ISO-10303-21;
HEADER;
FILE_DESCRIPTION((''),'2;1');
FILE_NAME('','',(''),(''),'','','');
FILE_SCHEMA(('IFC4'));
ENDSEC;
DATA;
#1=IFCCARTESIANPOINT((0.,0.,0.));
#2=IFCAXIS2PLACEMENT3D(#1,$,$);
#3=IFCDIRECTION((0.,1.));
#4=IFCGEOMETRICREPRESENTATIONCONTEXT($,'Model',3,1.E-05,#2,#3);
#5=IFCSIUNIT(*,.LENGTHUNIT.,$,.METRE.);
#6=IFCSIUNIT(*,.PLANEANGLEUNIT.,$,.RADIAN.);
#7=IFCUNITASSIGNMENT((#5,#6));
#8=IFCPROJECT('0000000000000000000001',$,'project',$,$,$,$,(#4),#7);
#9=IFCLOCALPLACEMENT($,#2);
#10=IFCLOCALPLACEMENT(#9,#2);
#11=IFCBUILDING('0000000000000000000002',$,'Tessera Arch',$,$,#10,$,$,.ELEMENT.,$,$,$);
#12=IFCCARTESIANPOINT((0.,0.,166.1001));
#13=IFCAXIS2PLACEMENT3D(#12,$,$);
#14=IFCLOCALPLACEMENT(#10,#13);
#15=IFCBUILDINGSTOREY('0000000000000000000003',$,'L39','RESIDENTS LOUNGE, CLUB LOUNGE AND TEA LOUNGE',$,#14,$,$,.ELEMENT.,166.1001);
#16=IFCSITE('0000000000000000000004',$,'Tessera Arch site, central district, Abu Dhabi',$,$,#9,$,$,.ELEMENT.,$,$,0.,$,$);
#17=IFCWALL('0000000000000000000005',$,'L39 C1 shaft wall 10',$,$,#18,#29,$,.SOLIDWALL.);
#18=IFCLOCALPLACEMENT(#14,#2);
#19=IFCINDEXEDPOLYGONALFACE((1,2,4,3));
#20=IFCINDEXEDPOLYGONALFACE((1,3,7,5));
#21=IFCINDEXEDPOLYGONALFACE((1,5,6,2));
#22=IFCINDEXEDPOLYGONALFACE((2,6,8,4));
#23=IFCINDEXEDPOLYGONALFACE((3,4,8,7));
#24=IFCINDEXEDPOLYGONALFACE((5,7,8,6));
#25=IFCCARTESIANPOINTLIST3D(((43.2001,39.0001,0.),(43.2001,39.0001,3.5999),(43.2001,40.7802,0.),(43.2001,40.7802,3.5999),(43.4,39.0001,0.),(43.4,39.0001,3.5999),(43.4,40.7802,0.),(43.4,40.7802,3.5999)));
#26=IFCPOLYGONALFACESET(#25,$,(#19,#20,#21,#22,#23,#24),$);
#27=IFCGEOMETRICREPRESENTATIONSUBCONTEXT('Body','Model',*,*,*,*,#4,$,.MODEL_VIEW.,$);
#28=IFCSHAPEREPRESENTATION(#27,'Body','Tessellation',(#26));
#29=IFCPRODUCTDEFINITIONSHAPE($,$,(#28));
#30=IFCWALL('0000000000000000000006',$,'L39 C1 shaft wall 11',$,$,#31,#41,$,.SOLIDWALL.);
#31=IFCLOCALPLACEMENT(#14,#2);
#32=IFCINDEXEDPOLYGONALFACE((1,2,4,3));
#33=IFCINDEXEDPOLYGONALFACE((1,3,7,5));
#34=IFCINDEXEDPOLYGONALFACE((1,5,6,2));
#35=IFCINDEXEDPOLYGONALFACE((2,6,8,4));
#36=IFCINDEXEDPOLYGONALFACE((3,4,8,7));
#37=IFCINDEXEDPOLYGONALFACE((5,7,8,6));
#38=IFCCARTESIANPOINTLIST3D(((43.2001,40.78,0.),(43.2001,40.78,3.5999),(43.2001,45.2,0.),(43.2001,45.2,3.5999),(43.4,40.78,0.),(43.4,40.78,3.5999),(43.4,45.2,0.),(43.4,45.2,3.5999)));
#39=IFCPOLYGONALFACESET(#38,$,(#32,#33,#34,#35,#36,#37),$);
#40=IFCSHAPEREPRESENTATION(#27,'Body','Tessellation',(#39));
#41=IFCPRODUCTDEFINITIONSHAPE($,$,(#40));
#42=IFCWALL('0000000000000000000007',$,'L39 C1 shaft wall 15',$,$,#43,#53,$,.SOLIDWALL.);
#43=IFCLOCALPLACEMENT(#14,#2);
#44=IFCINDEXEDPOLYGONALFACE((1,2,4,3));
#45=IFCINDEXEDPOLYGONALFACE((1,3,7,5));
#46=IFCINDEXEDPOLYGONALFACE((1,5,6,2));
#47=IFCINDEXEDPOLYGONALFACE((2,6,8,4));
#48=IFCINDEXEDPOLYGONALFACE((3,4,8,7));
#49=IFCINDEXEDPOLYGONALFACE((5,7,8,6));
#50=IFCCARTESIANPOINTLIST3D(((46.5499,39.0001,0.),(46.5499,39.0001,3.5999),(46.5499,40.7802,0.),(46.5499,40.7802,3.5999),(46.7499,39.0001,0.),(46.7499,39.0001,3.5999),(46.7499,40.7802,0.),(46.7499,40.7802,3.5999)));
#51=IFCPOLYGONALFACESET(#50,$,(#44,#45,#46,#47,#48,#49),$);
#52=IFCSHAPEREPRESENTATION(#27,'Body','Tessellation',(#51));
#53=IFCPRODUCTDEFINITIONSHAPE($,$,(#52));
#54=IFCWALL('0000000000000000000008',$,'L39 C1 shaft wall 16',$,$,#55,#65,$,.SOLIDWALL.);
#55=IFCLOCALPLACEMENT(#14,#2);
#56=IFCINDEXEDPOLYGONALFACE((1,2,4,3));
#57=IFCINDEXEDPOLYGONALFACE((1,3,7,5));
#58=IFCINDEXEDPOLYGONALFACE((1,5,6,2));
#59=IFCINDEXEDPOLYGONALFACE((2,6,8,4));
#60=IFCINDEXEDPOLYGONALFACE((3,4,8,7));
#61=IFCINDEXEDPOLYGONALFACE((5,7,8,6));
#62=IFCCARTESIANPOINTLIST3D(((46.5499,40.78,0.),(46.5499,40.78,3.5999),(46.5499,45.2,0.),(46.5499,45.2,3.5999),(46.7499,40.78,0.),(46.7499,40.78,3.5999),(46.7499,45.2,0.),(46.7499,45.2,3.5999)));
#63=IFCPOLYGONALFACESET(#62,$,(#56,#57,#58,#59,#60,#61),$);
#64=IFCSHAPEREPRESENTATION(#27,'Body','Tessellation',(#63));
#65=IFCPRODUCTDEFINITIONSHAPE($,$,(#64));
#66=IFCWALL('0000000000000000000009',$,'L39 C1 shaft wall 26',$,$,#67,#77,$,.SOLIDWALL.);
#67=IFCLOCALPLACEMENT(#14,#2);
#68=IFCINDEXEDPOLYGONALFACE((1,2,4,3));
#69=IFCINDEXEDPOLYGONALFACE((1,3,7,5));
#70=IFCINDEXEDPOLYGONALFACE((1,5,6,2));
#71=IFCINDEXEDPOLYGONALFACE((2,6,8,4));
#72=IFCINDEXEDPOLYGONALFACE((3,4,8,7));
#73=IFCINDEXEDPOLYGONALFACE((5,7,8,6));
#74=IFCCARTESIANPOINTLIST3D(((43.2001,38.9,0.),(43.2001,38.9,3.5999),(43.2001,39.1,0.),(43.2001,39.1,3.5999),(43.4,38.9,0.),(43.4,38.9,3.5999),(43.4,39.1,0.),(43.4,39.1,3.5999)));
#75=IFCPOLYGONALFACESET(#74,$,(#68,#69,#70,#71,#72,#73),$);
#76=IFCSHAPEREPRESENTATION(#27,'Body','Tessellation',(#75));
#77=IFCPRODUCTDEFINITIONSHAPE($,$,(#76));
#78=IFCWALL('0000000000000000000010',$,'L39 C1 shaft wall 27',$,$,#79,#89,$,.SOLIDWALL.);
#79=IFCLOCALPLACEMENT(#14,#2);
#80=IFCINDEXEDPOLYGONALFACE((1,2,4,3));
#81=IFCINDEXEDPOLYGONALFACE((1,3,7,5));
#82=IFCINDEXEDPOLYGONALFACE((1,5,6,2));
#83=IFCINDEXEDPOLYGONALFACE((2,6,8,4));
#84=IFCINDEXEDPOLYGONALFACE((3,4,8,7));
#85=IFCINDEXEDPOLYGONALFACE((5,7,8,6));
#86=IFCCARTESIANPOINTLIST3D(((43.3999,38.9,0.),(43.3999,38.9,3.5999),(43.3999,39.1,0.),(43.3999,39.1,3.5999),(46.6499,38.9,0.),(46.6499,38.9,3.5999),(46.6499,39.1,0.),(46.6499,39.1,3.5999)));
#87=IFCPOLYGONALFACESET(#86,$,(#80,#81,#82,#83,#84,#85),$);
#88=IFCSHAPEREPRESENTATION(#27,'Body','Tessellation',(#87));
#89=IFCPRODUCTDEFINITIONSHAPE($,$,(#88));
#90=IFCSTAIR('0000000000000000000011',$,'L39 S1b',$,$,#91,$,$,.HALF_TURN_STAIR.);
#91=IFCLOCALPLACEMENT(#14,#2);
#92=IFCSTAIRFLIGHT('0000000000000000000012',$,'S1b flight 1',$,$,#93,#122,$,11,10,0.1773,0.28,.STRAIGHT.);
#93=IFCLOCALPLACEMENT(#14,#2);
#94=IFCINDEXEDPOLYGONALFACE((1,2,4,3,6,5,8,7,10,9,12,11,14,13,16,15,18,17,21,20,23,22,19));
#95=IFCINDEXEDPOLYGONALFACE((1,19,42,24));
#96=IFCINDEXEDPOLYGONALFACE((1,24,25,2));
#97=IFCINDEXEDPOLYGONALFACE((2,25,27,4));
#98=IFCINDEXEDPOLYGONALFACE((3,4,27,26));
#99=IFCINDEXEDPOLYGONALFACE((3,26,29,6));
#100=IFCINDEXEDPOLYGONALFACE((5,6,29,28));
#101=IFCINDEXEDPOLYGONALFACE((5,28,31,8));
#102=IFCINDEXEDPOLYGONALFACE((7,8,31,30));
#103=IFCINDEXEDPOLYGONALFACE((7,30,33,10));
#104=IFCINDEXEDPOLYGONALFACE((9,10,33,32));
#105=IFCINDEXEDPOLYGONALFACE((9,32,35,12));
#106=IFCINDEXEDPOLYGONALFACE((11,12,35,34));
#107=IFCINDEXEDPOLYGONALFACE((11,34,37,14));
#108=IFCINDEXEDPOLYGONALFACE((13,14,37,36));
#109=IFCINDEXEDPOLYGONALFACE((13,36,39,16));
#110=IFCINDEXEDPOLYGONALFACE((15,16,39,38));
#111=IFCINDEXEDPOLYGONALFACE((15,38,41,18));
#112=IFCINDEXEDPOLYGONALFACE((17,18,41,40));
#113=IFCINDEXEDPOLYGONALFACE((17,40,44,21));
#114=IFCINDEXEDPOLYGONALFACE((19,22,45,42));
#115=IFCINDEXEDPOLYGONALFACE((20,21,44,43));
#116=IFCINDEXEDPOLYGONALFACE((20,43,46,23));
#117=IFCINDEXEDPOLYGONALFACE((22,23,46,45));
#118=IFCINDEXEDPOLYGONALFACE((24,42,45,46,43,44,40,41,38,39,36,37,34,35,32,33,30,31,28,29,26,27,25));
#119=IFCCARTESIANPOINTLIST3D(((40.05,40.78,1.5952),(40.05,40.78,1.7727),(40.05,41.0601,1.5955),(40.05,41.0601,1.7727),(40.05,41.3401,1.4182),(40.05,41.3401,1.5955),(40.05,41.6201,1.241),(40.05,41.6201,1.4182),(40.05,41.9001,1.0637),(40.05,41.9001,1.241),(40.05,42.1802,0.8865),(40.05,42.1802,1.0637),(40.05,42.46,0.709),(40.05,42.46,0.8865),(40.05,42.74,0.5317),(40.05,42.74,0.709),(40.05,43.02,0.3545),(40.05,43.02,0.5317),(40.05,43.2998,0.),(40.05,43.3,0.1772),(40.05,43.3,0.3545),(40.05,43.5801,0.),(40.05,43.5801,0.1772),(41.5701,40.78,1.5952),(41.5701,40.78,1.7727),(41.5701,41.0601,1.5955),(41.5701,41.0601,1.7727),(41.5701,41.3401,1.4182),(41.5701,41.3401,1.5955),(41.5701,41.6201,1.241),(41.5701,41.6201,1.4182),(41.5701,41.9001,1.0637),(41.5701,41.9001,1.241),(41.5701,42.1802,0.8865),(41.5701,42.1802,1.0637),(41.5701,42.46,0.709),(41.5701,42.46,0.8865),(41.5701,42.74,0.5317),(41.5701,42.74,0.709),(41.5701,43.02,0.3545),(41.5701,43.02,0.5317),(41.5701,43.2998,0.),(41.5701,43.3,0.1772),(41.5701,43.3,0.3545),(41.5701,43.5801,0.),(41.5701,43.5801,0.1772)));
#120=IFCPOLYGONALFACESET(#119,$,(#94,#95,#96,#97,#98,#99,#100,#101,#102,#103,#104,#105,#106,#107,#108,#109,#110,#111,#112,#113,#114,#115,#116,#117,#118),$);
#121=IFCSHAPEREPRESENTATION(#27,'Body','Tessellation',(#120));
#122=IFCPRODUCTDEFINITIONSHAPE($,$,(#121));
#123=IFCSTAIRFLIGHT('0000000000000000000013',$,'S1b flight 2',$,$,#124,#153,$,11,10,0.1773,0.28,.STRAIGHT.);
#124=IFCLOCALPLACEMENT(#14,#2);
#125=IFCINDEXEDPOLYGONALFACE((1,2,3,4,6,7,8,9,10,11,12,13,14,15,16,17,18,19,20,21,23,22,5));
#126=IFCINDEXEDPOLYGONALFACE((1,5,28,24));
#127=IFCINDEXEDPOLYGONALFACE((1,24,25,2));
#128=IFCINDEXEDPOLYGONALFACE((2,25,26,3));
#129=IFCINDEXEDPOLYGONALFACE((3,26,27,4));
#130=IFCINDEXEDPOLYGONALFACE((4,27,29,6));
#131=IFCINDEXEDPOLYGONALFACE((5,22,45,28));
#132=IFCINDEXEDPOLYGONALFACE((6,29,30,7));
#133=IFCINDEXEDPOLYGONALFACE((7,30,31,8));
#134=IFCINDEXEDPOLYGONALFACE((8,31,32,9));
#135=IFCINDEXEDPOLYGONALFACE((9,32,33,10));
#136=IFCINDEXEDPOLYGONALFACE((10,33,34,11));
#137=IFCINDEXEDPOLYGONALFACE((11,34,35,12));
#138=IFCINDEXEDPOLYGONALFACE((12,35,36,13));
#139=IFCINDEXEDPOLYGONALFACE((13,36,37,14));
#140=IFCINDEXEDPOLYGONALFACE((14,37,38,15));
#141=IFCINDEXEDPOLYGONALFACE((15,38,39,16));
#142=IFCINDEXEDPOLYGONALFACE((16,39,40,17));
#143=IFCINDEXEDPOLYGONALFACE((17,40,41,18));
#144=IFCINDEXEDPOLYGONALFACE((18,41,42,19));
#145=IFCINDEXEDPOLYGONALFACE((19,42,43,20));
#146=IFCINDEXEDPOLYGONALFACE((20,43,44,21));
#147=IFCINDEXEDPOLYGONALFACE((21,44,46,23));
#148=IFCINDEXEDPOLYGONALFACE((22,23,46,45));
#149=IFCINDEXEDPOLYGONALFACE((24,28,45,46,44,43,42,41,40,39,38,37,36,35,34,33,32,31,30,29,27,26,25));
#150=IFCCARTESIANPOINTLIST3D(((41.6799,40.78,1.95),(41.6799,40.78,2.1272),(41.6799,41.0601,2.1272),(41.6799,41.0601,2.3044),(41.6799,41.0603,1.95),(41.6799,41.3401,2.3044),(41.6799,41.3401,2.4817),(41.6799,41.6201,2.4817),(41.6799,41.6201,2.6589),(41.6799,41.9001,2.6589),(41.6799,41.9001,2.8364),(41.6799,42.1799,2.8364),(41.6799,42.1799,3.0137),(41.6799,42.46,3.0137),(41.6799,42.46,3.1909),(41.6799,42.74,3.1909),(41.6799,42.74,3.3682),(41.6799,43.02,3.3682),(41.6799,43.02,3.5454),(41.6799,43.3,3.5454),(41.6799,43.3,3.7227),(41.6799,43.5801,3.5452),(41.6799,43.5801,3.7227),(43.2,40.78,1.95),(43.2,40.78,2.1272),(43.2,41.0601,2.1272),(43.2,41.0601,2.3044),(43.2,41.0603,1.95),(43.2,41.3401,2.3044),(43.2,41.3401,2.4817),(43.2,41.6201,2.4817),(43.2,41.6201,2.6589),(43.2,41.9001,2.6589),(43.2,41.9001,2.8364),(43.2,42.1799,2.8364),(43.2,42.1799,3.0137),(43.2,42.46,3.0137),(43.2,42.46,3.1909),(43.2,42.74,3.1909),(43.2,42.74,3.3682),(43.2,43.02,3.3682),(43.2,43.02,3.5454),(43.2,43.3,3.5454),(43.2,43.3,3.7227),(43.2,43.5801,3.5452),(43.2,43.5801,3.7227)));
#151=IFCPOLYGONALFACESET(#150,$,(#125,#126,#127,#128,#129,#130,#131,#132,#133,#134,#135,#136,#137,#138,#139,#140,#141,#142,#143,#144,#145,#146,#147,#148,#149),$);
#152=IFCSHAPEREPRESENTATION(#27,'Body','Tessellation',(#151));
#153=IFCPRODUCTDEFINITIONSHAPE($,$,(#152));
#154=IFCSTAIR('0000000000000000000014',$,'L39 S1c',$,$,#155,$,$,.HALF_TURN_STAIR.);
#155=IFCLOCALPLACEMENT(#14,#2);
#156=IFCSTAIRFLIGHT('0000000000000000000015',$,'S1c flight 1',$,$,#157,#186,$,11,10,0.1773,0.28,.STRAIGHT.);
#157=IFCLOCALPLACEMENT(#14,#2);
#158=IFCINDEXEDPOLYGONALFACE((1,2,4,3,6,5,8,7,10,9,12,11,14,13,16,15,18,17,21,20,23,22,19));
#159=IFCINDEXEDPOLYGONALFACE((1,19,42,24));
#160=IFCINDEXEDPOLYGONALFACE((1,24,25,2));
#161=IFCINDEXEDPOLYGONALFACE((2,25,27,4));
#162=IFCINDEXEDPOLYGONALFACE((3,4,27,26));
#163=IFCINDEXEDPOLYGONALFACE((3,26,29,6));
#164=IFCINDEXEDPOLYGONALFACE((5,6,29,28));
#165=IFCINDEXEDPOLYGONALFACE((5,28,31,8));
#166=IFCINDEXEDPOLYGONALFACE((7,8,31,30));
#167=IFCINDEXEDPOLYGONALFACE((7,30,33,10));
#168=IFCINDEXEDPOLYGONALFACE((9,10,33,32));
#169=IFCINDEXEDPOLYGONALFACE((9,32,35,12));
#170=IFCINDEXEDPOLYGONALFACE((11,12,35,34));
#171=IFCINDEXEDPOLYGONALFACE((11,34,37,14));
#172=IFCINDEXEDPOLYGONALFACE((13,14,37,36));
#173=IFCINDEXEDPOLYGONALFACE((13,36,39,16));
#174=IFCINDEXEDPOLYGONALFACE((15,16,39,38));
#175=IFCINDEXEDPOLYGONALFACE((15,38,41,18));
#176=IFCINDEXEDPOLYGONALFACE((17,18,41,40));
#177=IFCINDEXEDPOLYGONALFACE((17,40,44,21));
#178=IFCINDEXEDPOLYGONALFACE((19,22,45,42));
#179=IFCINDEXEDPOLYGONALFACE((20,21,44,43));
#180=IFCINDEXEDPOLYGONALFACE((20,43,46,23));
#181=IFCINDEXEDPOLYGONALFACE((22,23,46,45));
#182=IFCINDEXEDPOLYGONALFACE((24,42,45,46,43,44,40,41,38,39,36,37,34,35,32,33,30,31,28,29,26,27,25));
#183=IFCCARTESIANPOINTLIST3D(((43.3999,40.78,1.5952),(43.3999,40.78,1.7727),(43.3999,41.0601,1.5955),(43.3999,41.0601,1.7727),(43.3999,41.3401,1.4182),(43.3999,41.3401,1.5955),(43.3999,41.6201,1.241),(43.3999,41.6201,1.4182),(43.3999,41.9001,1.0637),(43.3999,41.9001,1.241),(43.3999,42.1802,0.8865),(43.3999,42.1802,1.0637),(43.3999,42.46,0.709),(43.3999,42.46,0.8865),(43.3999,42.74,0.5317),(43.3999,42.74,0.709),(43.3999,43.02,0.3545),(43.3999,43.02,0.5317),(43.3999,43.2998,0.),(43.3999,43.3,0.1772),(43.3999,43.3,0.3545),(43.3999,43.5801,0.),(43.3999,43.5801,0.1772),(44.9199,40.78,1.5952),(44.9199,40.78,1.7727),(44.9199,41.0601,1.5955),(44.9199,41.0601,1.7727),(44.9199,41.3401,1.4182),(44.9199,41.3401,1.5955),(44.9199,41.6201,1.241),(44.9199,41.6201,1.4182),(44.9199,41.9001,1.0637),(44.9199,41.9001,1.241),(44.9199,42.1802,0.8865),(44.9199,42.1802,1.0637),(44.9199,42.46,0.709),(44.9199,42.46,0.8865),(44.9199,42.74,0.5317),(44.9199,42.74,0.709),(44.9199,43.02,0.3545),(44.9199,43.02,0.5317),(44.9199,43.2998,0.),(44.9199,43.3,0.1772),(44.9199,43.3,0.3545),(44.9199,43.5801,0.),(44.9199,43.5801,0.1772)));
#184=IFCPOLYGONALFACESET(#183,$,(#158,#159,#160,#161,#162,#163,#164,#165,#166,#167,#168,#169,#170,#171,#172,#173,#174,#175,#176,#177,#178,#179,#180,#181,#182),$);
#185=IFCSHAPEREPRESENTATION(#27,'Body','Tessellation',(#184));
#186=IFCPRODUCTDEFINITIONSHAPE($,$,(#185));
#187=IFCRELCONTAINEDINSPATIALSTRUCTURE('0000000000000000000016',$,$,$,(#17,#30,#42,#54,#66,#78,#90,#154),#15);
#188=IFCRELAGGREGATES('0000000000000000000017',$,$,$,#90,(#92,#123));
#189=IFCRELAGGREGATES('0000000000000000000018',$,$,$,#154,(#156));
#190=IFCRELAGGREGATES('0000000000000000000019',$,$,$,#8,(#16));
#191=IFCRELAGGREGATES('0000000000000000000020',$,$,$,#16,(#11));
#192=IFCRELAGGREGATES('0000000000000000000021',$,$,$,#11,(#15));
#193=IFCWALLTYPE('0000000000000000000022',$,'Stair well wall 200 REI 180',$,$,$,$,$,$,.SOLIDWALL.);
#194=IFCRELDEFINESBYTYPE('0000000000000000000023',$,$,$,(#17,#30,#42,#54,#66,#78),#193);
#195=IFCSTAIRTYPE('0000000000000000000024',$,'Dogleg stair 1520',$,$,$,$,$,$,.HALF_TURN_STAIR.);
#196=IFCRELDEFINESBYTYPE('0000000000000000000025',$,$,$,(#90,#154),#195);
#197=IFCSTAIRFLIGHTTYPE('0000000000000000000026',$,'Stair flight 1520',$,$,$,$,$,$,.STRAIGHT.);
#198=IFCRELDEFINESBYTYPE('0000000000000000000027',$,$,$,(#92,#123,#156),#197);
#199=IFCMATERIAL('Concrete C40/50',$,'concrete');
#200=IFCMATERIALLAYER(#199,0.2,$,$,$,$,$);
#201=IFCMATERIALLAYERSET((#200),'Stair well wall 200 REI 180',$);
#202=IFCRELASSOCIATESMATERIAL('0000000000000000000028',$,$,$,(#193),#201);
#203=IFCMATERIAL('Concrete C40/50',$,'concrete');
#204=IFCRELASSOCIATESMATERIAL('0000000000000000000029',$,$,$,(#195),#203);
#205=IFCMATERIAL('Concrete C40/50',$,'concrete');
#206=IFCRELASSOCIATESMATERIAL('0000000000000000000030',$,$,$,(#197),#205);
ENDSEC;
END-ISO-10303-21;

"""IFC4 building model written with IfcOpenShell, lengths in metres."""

from ifc_helpers import new_model, si_unit, direction, frame, frame_2d, origin, place, context, subcontext, project, spatial, polyline, rectangle, outline, extrude, material, layer, layer_set, type_object, element, aggregate, save


model = new_model("IFC4")

# Units and contexts
model_context = context("Model", 3, precision=1e-05, world=origin(), true_north=direction((0.0, 1.0)))
body_context = subcontext(model_context, "Body", "Model", "MODEL_VIEW")
ifc_project = project(units=[si_unit("LENGTHUNIT", "METRE"), si_unit("PLANEANGLEUNIT", "RADIAN")], contexts=[model_context])

# Site, building, storey
site_placement = place(None, origin())
site = spatial("IfcSite", under=ifc_project, at=site_placement, Name="Tessera Arch site, central district, Abu Dhabi", CompositionType="ELEMENT", RefElevation=0.0)
building_placement = place(site_placement, origin())
building = spatial("IfcBuilding", under=site, at=building_placement, Name="Tessera Arch", CompositionType="ELEMENT")
storey_placement = place(building_placement, frame((0.0, 0.0, 166.1001)))
storey = spatial("IfcBuildingStorey", under=building, at=storey_placement, Name="L39", Description="RESIDENTS LOUNGE, CLUB LOUNGE AND TEA LOUNGE", CompositionType="ELEMENT", Elevation=166.1001)

# Walls
ifc_material_1 = material(Name="Concrete C40/50", Category="concrete")
ifc_layer_1 = layer(ifc_material_1, 0.2)
ifc_layer_set_1 = layer_set([ifc_layer_1], Name="Stair well wall 200 REI 180")
wall_type_1 = type_object("IfcWallType", Name="Stair well wall 200 REI 180", PredefinedType="SOLIDWALL", material=ifc_layer_set_1)
wall_1_placement = place(storey_placement, frame((43.3, 39.0, 0.0), z_axis=(0.0, 0.0, 1.0), x_axis=(0.0, 1.0, 0.0)))
element("IfcWall", 1, at=wall_1_placement, inside=storey, type_object=wall_type_1, Name="L39 C1 shaft wall 10", PredefinedType="SOLIDWALL", context=body_context, shape_type="SweptSolid", body=[
    extrude(rectangle(XDim=1.78, YDim=0.2, at=frame_2d((0.8901, 0.0))), origin(), (0.0, 0.0, 1.0), 3.5999),
])
wall_2_placement = place(storey_placement, frame((43.3, 40.78, 0.0), z_axis=(0.0, 0.0, 1.0), x_axis=(0.0, 1.0, 0.0)))
element("IfcWall", 2, at=wall_2_placement, inside=storey, type_object=wall_type_1, Name="L39 C1 shaft wall 11", PredefinedType="SOLIDWALL", context=body_context, shape_type="SweptSolid", body=[
    extrude(rectangle(XDim=4.4199, YDim=0.2, at=frame_2d((2.21, 0.0))), origin(), (0.0, 0.0, 1.0), 3.5999),
])
wall_3_placement = place(storey_placement, frame((46.6499, 39.0, 0.0), z_axis=(0.0, 0.0, 1.0), x_axis=(0.0, 1.0, 0.0)))
element("IfcWall", 3, at=wall_3_placement, inside=storey, type_object=wall_type_1, Name="L39 C1 shaft wall 15", PredefinedType="SOLIDWALL", context=body_context, shape_type="SweptSolid", body=[
    extrude(rectangle(XDim=1.78, YDim=0.2, at=frame_2d((0.8901, 0.0))), origin(), (0.0, 0.0, 1.0), 3.5999),
])
wall_4_placement = place(storey_placement, frame((46.6499, 40.78, 0.0), z_axis=(0.0, 0.0, 1.0), x_axis=(0.0, 1.0, 0.0)))
element("IfcWall", 4, at=wall_4_placement, inside=storey, type_object=wall_type_1, Name="L39 C1 shaft wall 16", PredefinedType="SOLIDWALL", context=body_context, shape_type="SweptSolid", body=[
    extrude(rectangle(XDim=4.4199, YDim=0.2, at=frame_2d((2.21, 0.0))), origin(), (0.0, 0.0, 1.0), 3.5999),
])
wall_5_placement = place(storey_placement, frame((43.2, 39.0, 0.0), z_axis=(0.0, 0.0, 1.0), x_axis=(1.0, 0.0, 0.0)))
element("IfcWall", 5, at=wall_5_placement, inside=storey, type_object=wall_type_1, Name="L39 C1 shaft wall 26", PredefinedType="SOLIDWALL", context=body_context, shape_type="SweptSolid", body=[
    extrude(rectangle(XDim=0.2, YDim=0.2, at=frame_2d((0.1001, 0.0))), origin(), (0.0, 0.0, 1.0), 3.5999),
])
wall_6_placement = place(storey_placement, frame((43.3999, 39.0, 0.0), z_axis=(0.0, 0.0, 1.0), x_axis=(1.0, 0.0, 0.0)))
element("IfcWall", 6, at=wall_6_placement, inside=storey, type_object=wall_type_1, Name="L39 C1 shaft wall 27", PredefinedType="SOLIDWALL", context=body_context, shape_type="SweptSolid", body=[
    extrude(rectangle(XDim=3.25, YDim=0.2, at=frame_2d((1.625, 0.0))), origin(), (0.0, 0.0, 1.0), 3.5999),
])

# Stairs, stair flights
ifc_material_2 = material(Name="Concrete C40/50", Category="concrete")
stair_type = type_object("IfcStairType", Name="Dogleg stair 1520", PredefinedType="HALF_TURN_STAIR", material=ifc_material_2)
stair_1_placement = place(storey_placement, origin())
stair_1 = element("IfcStair", 7, at=stair_1_placement, inside=storey, type_object=stair_type, Name="L39 S1b", PredefinedType="HALF_TURN_STAIR")
ifc_material_3 = material(Name="Concrete C40/50", Category="concrete")
stair_flight_type = type_object("IfcStairFlightType", Name="Stair flight 1520", PredefinedType="STRAIGHT", material=ifc_material_3)
stair_flight_1_placement = place(storey_placement, frame((40.8101, 43.5801, 0.0), z_axis=(0.0, 0.0, 1.0), x_axis=(0.0, -1.0, 0.0)))
stair_flight_1 = element("IfcStairFlight", 8, at=stair_flight_1_placement, type_object=stair_flight_type, Name="S1b flight 1", NumberOfRisers=11, NumberOfTreads=10, PredefinedType="STRAIGHT", RiserHeight=0.1773, TreadLength=0.28, context=body_context, shape_type="SweptSolid", body=[
    extrude(outline(polyline([(0.0, 0.0), (0.0, 0.1772), (0.28, 0.1772), (0.28, 0.3545), (0.5601, 0.3545), (0.5601, 0.5317), (0.8401, 0.5317), (0.8401, 0.709), (1.1201, 0.709), (1.1201, 0.8865), (1.3999, 0.8865), (1.3999, 1.0637), (1.6799, 1.0637), (1.6799, 1.241), (1.96, 1.241), (1.96, 1.4182), (2.24, 1.4182), (2.24, 1.5955), (2.52, 1.5955), (2.52, 1.7727), (2.8, 1.7727), (2.8, 1.95), (2.8, 1.5952), (0.2803, 0.0), (0.0, 0.0)])), frame((0.0, 0.76, 0.0), z_axis=(0.0, -1.0, 0.0), x_axis=(1.0, 0.0, 0.0)), (0.0, 0.0, 1.0), 1.52),
])
stair_flight_2_placement = place(storey_placement, frame((42.4399, 40.78, 1.95), z_axis=(0.0, 0.0, 1.0), x_axis=(0.0, 1.0, 0.0)))
stair_flight_2 = element("IfcStairFlight", 9, at=stair_flight_2_placement, type_object=stair_flight_type, Name="S1b flight 2", NumberOfRisers=11, NumberOfTreads=10, PredefinedType="STRAIGHT", RiserHeight=0.1773, TreadLength=0.28, context=body_context, shape_type="SweptSolid", body=[
    extrude(outline(polyline([(0.0, 0.0), (0.0, 0.1772), (0.28, 0.1772), (0.28, 0.3545), (0.5601, 0.3545), (0.5601, 0.5317), (0.8401, 0.5317), (0.8401, 0.709), (1.1201, 0.709), (1.1201, 0.8865), (1.3999, 0.8865), (1.3999, 1.0637), (1.6799, 1.0637), (1.6799, 1.241), (1.96, 1.241), (1.96, 1.4182), (2.24, 1.4182), (2.24, 1.5955), (2.52, 1.5955), (2.52, 1.7727), (2.8, 1.7727), (2.8, 1.95), (2.8, 1.5952), (0.2803, 0.0), (0.0, 0.0)])), frame((0.0, 0.76, 0.0), z_axis=(0.0, -1.0, 0.0), x_axis=(1.0, 0.0, 0.0)), (0.0, 0.0, 1.0), 1.52),
])
aggregate(stair_1, [stair_flight_1, stair_flight_2])
stair_2_placement = place(storey_placement, origin())
stair_2 = element("IfcStair", 10, at=stair_2_placement, inside=storey, type_object=stair_type, Name="L39 S1c", PredefinedType="HALF_TURN_STAIR")
stair_flight_3_placement = place(storey_placement, frame((44.1599, 43.5801, 0.0), z_axis=(0.0, 0.0, 1.0), x_axis=(0.0, -1.0, 0.0)))
stair_flight_3 = element("IfcStairFlight", 11, at=stair_flight_3_placement, type_object=stair_flight_type, Name="S1c flight 1", NumberOfRisers=11, NumberOfTreads=10, PredefinedType="STRAIGHT", RiserHeight=0.1773, TreadLength=0.28, context=body_context, shape_type="SweptSolid", body=[
    extrude(outline(polyline([(0.0, 0.0), (0.0, 0.1772), (0.28, 0.1772), (0.28, 0.3545), (0.5601, 0.3545), (0.5601, 0.5317), (0.8401, 0.5317), (0.8401, 0.709), (1.1201, 0.709), (1.1201, 0.8865), (1.3999, 0.8865), (1.3999, 1.0637), (1.6799, 1.0637), (1.6799, 1.241), (1.96, 1.241), (1.96, 1.4182), (2.24, 1.4182), (2.24, 1.5955), (2.52, 1.5955), (2.52, 1.7727), (2.8, 1.7727), (2.8, 1.95), (2.8, 1.5952), (0.2803, 0.0), (0.0, 0.0)])), frame((0.0, 0.76, 0.0), z_axis=(0.0, -1.0, 0.0), x_axis=(1.0, 0.0, 0.0)), (0.0, 0.0, 1.0), 1.52),
])
aggregate(stair_2, [stair_flight_3])

save(model, "model.ifc")
